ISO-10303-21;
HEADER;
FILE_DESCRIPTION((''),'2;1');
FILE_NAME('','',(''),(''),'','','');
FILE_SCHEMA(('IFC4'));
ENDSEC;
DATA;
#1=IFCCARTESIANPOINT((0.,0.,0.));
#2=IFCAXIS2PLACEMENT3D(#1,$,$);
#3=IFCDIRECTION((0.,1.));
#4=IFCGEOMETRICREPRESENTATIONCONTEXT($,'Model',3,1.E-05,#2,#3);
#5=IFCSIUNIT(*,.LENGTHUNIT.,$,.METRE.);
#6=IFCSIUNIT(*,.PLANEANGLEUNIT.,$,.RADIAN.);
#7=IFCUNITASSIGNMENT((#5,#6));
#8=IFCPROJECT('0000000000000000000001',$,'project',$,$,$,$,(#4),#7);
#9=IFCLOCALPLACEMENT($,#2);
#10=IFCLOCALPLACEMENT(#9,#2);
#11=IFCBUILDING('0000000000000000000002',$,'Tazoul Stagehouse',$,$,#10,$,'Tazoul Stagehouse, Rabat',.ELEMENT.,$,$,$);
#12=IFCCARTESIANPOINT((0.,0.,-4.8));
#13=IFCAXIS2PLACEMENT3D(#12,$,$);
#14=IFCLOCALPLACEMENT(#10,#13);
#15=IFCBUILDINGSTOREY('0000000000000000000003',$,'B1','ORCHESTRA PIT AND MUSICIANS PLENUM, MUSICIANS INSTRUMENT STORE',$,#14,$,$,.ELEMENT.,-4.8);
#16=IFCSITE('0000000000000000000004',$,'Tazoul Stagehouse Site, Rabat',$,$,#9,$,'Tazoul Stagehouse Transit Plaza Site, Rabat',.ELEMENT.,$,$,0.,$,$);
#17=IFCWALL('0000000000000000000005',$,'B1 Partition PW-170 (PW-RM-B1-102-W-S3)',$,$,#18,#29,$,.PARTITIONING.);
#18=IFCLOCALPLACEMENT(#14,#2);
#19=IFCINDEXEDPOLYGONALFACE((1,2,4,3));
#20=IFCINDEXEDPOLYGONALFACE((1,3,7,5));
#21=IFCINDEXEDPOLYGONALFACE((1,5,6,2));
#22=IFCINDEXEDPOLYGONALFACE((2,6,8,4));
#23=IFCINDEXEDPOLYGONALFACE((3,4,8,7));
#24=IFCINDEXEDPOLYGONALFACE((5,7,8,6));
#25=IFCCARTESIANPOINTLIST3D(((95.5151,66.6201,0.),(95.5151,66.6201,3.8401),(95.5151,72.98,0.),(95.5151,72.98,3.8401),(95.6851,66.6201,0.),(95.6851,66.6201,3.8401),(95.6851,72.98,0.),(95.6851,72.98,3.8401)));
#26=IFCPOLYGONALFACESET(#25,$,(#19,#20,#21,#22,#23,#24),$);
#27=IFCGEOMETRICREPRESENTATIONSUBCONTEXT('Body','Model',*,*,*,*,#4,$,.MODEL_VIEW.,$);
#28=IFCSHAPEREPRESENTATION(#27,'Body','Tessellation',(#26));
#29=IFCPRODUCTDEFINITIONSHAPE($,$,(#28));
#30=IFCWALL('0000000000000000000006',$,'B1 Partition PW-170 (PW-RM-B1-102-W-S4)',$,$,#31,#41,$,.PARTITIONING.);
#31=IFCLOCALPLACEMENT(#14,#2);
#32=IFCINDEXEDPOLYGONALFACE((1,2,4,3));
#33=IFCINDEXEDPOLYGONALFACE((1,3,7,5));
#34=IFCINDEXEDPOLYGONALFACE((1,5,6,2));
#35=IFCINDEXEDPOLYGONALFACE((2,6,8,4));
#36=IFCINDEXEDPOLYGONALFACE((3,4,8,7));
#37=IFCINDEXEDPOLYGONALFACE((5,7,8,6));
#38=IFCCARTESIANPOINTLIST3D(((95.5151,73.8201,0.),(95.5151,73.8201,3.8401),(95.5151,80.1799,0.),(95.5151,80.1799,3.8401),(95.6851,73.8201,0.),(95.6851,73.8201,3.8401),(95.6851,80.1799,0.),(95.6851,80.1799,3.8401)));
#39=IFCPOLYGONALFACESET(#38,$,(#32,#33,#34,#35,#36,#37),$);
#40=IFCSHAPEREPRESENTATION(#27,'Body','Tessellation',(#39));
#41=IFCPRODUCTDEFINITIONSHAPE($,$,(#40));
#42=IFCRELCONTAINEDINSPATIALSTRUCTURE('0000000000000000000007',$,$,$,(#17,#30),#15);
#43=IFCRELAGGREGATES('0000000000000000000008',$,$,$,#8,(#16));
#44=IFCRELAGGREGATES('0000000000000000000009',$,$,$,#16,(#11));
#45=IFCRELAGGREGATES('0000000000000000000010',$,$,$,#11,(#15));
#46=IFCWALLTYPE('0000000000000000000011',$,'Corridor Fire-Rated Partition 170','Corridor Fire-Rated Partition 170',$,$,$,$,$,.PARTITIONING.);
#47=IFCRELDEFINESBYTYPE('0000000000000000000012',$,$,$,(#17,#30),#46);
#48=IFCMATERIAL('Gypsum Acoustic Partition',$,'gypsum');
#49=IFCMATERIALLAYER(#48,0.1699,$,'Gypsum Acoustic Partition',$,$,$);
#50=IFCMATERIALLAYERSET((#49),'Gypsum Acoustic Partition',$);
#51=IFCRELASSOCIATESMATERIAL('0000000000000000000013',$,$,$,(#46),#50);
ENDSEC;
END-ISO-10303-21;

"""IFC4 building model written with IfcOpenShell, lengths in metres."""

from ifc_helpers import new_model, si_unit, direction, frame, frame_2d, origin, place, context, subcontext, project, spatial, rectangle, extrude, material, layer, layer_set, type_object, element, save


model = new_model("IFC4")

# Units and contexts
model_context = context("Model", 3, precision=1e-05, world=origin(), true_north=direction((0.0, 1.0)))
body_context = subcontext(model_context, "Body", "Model", "MODEL_VIEW")
ifc_project = project(units=[si_unit("LENGTHUNIT", "METRE"), si_unit("PLANEANGLEUNIT", "RADIAN")], contexts=[model_context])

# Site, building, storey
site_placement = place(None, origin())
site = spatial("IfcSite", under=ifc_project, at=site_placement, Name="Tazoul Stagehouse Site, Rabat", LongName="Tazoul Stagehouse Transit Plaza Site, Rabat", CompositionType="ELEMENT", RefElevation=0.0)
building_placement = place(site_placement, origin())
building = spatial("IfcBuilding", under=site, at=building_placement, Name="Tazoul Stagehouse", LongName="Tazoul Stagehouse, Rabat", CompositionType="ELEMENT")
storey_placement = place(building_placement, frame((0.0, 0.0, -4.8)))
storey = spatial("IfcBuildingStorey", under=building, at=storey_placement, Name="B1", Description="ORCHESTRA PIT AND MUSICIANS PLENUM, MUSICIANS INSTRUMENT STORE", CompositionType="ELEMENT", Elevation=-4.8)

# Shared definitions
ifc_material_1 = material(Name="Gypsum Acoustic Partition", Category="gypsum")

# Walls
ifc_layer_1 = layer(ifc_material_1, 0.1699, Name="Gypsum Acoustic Partition")
ifc_layer_set_1 = layer_set([ifc_layer_1], Name="Gypsum Acoustic Partition")
wall_type_1 = type_object("IfcWallType", Name="Corridor Fire-Rated Partition 170", Description="Corridor Fire-Rated Partition 170", PredefinedType="PARTITIONING", material=ifc_layer_set_1)
for number, where, z_axis, x_axis, name in (
    (1, (95.6001, 66.6201, 0.0), (0.0, 0.0, 1.0), (0.0, 1.0, 0.0), "B1 Partition PW-170 (PW-RM-B1-102-W-S3)"),
    (2, (95.6001, 73.8201, 0.0), (0.0, 0.0, 1.0), (0.0, 1.0, 0.0), "B1 Partition PW-170 (PW-RM-B1-102-W-S4)"),
):
    element("IfcWall", number, at=place(storey_placement, frame(where, z_axis=z_axis, x_axis=x_axis)), inside=storey, type_object=wall_type_1, Name=name, PredefinedType="PARTITIONING", context=body_context, shape_type="SweptSolid", body=[
        extrude(rectangle(XDim=6.3599, YDim=0.1699, at=frame_2d((3.1799, 0.0))), origin(), (0.0, 0.0, 1.0), 3.8401),
    ])

save(model, "model.ifc")
